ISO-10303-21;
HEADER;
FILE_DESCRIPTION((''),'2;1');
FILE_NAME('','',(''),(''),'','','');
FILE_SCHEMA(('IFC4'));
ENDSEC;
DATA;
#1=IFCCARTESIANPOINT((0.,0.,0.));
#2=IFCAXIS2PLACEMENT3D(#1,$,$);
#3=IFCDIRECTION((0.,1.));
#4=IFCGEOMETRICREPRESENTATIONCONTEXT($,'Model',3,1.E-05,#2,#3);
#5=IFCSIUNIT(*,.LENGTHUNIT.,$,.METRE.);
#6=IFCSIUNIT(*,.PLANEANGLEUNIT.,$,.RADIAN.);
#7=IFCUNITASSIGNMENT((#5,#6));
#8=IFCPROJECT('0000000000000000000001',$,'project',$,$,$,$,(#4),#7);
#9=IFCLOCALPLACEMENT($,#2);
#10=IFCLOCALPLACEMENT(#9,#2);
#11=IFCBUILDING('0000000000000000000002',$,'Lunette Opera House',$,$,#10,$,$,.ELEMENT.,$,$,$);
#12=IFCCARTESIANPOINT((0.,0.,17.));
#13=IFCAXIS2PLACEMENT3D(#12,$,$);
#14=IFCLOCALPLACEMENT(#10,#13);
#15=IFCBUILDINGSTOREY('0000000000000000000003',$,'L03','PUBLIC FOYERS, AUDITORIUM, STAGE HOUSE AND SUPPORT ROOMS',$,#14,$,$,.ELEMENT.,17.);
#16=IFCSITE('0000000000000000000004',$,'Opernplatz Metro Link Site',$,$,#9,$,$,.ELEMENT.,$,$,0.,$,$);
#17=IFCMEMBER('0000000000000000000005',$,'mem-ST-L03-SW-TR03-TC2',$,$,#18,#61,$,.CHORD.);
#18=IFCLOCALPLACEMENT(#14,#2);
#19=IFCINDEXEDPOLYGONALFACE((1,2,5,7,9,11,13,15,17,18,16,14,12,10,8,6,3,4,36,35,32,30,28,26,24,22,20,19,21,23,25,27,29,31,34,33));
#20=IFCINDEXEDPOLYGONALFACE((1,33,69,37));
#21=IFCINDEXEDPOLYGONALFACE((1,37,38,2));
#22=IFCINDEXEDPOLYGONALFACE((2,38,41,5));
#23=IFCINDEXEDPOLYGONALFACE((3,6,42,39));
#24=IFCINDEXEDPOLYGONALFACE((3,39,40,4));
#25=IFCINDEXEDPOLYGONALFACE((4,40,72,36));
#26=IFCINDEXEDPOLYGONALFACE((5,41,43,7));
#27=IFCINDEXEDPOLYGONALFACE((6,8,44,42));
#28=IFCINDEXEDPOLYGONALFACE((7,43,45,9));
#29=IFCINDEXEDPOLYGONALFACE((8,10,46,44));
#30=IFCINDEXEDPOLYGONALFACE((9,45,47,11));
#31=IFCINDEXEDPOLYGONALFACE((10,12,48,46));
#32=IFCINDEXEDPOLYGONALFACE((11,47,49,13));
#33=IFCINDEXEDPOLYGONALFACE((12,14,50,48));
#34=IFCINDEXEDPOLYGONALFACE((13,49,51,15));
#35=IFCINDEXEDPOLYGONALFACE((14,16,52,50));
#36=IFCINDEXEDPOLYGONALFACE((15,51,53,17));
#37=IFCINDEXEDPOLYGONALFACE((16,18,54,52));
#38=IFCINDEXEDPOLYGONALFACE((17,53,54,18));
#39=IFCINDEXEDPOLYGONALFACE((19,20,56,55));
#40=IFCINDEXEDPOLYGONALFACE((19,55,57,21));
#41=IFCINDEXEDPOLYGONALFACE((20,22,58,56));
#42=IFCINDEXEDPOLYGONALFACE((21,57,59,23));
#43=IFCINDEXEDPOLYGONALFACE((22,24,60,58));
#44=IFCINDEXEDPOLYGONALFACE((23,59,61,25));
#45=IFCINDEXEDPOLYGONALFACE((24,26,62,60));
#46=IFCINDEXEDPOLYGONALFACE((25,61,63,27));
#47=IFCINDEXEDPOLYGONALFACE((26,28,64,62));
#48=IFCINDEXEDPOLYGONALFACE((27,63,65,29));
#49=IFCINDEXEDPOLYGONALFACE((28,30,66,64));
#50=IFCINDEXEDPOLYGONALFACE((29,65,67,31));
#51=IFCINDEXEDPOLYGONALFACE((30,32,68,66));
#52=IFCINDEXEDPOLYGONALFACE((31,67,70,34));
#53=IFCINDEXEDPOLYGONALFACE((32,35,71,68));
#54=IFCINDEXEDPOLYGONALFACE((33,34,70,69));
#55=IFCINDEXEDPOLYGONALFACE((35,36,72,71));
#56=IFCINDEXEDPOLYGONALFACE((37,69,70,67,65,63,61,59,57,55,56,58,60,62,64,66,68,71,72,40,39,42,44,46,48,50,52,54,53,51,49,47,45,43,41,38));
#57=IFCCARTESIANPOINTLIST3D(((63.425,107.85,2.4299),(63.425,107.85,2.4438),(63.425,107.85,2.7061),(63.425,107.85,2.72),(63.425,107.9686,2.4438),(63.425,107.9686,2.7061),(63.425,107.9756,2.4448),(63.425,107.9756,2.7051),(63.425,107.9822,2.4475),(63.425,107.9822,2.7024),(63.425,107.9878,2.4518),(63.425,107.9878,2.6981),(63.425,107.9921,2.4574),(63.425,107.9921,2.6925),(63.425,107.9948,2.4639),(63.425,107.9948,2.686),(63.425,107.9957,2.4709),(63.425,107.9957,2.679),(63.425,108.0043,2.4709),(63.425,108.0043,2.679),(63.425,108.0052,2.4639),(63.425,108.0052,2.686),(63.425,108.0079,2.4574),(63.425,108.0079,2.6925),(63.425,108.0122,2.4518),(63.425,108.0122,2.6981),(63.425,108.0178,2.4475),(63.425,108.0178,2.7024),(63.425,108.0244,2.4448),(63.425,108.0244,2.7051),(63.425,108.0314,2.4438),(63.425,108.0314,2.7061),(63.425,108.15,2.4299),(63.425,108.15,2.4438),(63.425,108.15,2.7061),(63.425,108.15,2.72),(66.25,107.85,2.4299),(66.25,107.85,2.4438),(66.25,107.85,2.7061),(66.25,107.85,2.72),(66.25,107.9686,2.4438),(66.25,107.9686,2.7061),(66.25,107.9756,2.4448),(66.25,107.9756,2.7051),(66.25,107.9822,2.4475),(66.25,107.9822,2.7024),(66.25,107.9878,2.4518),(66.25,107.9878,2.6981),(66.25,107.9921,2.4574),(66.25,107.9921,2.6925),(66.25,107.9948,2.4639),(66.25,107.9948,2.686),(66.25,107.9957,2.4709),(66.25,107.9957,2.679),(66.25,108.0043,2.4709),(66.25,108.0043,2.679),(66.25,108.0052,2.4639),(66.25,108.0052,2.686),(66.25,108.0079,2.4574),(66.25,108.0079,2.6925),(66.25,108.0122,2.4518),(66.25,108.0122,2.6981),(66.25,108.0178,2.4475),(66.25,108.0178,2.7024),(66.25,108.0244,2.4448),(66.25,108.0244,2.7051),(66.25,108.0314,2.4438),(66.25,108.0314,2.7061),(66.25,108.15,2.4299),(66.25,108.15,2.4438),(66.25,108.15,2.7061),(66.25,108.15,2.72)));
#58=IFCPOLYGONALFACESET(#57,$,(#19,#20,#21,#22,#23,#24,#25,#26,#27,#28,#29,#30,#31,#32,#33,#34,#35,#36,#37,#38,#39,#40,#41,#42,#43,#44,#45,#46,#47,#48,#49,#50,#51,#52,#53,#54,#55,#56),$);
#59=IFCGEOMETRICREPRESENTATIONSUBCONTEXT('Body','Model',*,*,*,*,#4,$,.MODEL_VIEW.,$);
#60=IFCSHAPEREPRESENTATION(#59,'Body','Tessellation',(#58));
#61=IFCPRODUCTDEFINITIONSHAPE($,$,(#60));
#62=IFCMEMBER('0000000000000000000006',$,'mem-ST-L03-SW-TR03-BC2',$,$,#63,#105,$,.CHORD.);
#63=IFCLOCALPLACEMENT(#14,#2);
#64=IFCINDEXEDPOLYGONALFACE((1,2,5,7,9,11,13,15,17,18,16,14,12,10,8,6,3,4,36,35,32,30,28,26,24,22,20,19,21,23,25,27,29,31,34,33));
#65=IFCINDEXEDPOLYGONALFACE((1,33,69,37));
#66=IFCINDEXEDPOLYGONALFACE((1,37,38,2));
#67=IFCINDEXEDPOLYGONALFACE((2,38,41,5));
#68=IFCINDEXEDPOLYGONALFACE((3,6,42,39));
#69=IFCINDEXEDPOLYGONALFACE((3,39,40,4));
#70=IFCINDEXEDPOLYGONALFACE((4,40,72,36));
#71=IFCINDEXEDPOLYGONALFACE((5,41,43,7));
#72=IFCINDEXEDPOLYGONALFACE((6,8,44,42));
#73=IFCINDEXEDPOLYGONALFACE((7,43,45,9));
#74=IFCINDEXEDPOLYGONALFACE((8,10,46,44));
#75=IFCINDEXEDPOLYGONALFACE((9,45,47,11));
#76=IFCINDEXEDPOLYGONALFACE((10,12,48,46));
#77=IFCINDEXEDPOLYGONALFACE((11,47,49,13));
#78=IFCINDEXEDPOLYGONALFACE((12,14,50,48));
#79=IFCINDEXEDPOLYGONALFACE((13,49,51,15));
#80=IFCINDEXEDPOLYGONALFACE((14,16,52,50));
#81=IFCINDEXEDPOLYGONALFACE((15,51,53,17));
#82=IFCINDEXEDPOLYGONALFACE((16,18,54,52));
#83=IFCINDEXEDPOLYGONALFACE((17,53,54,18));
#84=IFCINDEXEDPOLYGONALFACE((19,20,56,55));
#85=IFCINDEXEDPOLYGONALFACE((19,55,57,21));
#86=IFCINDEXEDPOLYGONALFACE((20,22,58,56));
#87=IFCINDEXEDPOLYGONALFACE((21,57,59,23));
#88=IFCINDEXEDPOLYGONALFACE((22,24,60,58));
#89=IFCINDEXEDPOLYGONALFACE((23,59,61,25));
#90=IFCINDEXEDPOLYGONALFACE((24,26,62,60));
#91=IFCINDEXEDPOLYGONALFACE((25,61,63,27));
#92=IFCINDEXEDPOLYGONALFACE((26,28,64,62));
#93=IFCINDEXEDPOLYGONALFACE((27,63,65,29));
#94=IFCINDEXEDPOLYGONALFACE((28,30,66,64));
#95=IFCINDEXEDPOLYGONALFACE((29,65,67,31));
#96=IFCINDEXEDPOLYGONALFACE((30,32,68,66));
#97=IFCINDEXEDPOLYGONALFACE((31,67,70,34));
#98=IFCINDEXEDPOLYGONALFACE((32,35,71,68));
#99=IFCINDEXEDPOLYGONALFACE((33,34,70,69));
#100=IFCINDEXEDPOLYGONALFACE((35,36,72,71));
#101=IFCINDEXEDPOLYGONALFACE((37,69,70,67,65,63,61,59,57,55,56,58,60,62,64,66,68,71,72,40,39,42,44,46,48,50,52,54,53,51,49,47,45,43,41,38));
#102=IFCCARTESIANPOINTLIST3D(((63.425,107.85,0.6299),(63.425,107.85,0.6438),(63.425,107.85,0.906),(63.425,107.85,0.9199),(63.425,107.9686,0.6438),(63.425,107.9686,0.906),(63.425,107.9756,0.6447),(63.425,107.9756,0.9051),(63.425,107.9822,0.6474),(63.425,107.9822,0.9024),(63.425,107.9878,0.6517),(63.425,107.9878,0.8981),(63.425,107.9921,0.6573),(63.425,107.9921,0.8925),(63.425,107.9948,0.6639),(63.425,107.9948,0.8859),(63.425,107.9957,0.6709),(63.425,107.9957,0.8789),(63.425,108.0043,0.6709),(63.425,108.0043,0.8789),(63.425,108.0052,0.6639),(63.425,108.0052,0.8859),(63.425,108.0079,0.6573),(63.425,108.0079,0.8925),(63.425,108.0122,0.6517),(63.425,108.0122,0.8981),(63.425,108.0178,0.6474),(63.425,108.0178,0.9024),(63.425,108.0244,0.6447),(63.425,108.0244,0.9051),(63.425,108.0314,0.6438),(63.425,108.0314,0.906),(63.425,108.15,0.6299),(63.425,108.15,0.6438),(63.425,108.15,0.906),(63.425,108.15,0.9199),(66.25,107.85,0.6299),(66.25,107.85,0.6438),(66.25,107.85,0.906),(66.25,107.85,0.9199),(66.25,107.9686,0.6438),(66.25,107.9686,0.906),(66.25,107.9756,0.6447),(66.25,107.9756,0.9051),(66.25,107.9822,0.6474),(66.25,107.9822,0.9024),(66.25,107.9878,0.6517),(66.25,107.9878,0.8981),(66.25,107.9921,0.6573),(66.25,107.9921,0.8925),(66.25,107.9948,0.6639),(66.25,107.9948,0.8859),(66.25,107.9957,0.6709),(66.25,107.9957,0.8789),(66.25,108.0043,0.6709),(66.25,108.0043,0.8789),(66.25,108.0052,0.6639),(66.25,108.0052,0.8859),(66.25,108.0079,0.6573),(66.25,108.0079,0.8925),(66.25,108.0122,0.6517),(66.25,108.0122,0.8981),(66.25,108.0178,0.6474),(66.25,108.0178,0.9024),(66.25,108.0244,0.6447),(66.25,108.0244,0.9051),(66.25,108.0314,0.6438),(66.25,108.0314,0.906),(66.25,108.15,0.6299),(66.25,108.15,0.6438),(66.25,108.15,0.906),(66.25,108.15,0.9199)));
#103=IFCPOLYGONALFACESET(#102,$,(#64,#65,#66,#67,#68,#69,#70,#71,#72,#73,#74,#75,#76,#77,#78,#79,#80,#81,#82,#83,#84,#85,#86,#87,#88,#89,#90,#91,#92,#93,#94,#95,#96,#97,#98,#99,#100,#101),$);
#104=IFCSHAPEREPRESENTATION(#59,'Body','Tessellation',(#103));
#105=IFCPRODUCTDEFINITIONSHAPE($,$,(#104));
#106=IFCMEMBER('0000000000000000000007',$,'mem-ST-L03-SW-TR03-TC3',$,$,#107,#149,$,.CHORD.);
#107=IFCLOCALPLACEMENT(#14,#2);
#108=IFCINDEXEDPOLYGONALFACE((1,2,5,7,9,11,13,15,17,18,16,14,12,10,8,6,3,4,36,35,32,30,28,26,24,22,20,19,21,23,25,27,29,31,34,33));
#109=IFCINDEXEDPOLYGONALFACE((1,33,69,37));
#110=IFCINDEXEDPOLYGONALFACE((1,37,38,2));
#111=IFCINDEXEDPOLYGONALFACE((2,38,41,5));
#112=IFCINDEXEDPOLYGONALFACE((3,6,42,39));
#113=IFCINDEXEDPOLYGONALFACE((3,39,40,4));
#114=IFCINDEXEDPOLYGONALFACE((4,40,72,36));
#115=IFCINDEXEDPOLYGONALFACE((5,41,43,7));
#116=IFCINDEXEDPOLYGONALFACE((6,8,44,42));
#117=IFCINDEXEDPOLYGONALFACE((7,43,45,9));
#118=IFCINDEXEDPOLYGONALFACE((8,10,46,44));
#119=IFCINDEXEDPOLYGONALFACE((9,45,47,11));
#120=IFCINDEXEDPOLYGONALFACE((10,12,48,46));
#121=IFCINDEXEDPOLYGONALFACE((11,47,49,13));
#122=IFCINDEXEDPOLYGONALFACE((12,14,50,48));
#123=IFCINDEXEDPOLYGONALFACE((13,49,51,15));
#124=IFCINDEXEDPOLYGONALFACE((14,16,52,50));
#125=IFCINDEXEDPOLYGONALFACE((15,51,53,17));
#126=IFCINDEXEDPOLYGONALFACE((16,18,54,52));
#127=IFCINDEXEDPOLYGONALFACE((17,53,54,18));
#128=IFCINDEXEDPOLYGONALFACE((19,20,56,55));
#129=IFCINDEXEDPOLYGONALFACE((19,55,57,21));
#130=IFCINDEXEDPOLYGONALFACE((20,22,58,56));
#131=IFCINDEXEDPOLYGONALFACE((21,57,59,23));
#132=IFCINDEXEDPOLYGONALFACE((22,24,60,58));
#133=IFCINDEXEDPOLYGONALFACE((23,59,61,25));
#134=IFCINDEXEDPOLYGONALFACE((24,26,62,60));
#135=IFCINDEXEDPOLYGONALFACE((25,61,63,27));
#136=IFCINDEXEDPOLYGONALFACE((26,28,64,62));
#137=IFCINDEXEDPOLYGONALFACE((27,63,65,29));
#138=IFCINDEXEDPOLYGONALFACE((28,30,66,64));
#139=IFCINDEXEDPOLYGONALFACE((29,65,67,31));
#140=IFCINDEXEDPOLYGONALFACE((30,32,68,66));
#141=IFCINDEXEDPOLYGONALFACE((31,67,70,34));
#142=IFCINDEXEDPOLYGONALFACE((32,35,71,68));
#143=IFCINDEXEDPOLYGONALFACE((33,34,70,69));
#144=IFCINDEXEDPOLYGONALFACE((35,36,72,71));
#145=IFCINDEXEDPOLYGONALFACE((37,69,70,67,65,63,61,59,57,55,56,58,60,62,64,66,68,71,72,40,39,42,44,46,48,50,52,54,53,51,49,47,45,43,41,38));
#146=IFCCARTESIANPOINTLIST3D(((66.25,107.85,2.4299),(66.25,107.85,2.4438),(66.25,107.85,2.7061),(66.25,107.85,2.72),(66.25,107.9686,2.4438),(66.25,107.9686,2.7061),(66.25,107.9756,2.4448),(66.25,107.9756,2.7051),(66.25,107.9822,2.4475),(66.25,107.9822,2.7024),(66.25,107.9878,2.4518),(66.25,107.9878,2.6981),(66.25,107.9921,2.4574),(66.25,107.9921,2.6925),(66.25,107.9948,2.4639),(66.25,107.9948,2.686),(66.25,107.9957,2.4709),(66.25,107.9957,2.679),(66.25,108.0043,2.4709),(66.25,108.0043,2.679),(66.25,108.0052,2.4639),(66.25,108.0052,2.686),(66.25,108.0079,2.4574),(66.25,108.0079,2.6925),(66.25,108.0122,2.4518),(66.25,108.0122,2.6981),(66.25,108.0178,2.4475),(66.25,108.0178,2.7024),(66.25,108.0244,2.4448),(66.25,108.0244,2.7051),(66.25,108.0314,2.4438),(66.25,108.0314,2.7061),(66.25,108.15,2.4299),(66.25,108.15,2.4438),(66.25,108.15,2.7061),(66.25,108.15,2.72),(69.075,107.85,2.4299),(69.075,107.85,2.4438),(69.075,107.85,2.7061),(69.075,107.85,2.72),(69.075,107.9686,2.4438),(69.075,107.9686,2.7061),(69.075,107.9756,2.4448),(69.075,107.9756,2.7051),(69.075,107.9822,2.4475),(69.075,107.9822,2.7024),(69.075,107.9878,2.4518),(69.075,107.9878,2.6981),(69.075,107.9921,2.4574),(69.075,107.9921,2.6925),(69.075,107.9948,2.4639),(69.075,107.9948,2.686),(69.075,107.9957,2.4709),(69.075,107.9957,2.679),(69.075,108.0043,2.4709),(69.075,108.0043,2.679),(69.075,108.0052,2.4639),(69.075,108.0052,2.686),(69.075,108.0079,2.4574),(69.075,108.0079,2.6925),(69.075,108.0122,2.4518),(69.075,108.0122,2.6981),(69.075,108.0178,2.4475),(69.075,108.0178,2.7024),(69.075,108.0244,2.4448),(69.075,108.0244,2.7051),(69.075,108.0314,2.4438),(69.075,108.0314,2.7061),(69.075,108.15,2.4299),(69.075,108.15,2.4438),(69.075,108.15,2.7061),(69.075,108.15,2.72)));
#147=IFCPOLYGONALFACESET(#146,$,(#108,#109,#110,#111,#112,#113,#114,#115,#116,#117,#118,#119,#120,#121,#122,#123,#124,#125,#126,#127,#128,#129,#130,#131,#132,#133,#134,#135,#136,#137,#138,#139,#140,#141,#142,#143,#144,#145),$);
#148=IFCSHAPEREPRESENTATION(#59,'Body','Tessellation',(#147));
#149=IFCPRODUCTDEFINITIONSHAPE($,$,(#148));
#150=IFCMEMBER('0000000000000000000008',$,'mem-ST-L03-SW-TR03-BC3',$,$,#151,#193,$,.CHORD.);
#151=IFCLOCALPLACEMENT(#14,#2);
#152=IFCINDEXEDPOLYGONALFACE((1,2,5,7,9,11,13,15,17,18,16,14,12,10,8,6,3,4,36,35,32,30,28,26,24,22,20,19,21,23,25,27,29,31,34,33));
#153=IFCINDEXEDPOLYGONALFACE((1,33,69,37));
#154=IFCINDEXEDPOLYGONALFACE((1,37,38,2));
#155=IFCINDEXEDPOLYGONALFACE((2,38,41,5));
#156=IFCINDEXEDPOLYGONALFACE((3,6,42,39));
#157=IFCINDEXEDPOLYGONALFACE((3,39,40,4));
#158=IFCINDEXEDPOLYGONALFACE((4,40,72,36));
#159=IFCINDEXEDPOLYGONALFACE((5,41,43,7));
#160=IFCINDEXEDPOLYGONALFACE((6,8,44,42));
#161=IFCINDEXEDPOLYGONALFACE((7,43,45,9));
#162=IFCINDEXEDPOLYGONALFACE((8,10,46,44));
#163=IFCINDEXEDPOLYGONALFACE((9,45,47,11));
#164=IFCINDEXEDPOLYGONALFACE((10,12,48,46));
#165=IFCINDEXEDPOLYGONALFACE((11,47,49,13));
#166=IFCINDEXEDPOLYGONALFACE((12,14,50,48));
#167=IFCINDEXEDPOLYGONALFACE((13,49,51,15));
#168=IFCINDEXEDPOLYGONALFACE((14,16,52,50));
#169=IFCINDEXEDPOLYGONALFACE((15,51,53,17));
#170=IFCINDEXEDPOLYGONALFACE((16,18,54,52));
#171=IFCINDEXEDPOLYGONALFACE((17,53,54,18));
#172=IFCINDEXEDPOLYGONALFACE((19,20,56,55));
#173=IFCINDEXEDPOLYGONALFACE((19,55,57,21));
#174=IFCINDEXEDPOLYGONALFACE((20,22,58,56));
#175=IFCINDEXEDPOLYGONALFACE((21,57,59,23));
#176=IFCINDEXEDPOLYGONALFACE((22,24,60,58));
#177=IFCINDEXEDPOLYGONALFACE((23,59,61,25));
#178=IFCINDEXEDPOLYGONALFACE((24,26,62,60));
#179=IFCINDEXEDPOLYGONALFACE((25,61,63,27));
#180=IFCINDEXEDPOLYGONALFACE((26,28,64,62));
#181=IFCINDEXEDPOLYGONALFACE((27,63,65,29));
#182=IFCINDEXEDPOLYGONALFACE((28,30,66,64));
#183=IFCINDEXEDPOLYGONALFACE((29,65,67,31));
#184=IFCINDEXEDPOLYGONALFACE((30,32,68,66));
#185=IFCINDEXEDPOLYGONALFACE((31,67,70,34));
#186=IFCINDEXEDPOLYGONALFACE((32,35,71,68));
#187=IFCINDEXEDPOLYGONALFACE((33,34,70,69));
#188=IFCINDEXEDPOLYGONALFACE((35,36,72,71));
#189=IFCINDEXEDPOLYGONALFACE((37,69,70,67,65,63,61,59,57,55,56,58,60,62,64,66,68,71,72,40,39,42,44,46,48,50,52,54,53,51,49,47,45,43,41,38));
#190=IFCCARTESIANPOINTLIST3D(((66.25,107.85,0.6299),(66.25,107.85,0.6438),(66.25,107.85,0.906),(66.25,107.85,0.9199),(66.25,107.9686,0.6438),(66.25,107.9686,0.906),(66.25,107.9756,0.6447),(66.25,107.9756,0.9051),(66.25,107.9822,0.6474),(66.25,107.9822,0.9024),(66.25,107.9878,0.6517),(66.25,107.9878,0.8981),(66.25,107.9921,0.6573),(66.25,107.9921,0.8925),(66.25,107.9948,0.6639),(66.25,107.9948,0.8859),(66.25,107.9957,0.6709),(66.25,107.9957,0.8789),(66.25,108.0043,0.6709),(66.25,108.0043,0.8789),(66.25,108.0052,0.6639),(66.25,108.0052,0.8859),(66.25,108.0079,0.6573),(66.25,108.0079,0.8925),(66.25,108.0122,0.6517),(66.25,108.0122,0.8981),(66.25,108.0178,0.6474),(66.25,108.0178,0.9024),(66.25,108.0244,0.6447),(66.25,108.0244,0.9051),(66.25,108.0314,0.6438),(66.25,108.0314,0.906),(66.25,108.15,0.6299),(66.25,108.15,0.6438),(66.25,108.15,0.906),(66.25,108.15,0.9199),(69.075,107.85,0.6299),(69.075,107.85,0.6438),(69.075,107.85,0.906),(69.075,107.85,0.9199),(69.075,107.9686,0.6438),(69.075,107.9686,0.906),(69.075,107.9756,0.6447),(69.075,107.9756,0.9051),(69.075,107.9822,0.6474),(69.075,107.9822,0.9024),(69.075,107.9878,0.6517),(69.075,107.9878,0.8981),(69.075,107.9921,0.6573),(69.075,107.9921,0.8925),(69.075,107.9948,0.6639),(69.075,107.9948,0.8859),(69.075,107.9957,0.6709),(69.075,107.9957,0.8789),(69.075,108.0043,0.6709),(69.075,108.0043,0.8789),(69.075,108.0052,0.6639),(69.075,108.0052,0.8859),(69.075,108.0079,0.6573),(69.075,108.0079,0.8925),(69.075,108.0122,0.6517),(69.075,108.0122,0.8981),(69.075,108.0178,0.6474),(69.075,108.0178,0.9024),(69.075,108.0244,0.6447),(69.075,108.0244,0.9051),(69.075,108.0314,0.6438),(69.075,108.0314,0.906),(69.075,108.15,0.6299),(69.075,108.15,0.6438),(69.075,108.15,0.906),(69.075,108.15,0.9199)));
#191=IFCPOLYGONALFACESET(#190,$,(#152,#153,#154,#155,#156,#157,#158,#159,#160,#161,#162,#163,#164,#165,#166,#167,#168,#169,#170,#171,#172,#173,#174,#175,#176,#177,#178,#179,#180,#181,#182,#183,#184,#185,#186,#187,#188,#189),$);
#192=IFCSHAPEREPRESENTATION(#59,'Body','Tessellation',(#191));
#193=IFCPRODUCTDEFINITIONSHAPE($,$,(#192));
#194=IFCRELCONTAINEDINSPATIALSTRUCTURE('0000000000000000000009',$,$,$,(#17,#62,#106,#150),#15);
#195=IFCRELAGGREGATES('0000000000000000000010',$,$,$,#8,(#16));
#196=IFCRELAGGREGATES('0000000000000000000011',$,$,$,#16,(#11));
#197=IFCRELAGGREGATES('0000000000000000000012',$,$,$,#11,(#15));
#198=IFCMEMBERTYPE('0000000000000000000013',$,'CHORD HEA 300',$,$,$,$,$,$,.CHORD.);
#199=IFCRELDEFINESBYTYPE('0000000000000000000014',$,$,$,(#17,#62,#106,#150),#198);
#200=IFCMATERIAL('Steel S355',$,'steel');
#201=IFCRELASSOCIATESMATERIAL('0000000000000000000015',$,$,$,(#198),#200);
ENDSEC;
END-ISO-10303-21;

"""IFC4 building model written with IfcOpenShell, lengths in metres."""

from ifc_helpers import new_model, si_unit, direction, frame, origin, origin_2d, place, context, subcontext, project, spatial, i_section, extrude, material, material_profile, profile_set, type_object, element, save


model = new_model("IFC4")

# Units and contexts
model_context = context("Model", 3, precision=1e-05, world=origin(), true_north=direction((0.0, 1.0)))
body_context = subcontext(model_context, "Body", "Model", "MODEL_VIEW")
ifc_project = project(units=[si_unit("LENGTHUNIT", "METRE"), si_unit("PLANEANGLEUNIT", "RADIAN")], contexts=[model_context])

# Site, building, storey
site_placement = place(None, origin())
site = spatial("IfcSite", under=ifc_project, at=site_placement, Name="Opernplatz Metro Link Site", CompositionType="ELEMENT", RefElevation=0.0)
building_placement = place(site_placement, origin())
building = spatial("IfcBuilding", under=site, at=building_placement, Name="Lunette Opera House", CompositionType="ELEMENT")
storey_placement = place(building_placement, frame((0.0, 0.0, 17.0)))
storey = spatial("IfcBuildingStorey", under=building, at=storey_placement, Name="L03", Description="PUBLIC FOYERS, AUDITORIUM, STAGE HOUSE AND SUPPORT ROOMS", CompositionType="ELEMENT", Elevation=17.0)

# Members
ifc_material_1 = material(Name="Steel S355", Category="steel")
ifc_material_profile_1 = material_profile(ifc_material_1, i_section(OverallWidth=0.3, OverallDepth=0.29, WebThickness=0.0085, FlangeThickness=0.0139, FilletRadius=0.0271, at=origin_2d()), Name="HEA 300")
ifc_profile_set_1 = profile_set([ifc_material_profile_1], Name="Steel S355")
member_type_1 = type_object("IfcMemberType", Name="CHORD HEA 300", PredefinedType="CHORD", material=ifc_profile_set_1)
for number, where, z_axis, x_axis, name in (
    (1, (63.425, 108.0, 2.575), (1.0, 0.0, 0.0), (0.0, 1.0, 0.0), "mem-ST-L03-SW-TR03-TC2"),
    (2, (63.425, 108.0, 0.7749), (1.0, 0.0, 0.0), (0.0, 1.0, 0.0), "mem-ST-L03-SW-TR03-BC2"),
    (3, (66.25, 108.0, 2.575), (1.0, 0.0, 0.0), (0.0, 1.0, 0.0), "mem-ST-L03-SW-TR03-TC3"),
    (4, (66.25, 108.0, 0.7749), (1.0, 0.0, 0.0), (0.0, 1.0, 0.0), "mem-ST-L03-SW-TR03-BC3"),
):
    element("IfcMember", number, at=place(storey_placement, frame(where, z_axis=z_axis, x_axis=x_axis)), inside=storey, type_object=member_type_1, Name=name, PredefinedType="CHORD", context=body_context, shape_type="SweptSolid", body=[
        extrude(i_section(OverallWidth=0.3, OverallDepth=0.29, WebThickness=0.0085, FlangeThickness=0.0139, FilletRadius=0.0271, at=origin_2d()), origin(), (0.0, 0.0, 1.0), 2.825),
    ])

save(model, "model.ifc")
